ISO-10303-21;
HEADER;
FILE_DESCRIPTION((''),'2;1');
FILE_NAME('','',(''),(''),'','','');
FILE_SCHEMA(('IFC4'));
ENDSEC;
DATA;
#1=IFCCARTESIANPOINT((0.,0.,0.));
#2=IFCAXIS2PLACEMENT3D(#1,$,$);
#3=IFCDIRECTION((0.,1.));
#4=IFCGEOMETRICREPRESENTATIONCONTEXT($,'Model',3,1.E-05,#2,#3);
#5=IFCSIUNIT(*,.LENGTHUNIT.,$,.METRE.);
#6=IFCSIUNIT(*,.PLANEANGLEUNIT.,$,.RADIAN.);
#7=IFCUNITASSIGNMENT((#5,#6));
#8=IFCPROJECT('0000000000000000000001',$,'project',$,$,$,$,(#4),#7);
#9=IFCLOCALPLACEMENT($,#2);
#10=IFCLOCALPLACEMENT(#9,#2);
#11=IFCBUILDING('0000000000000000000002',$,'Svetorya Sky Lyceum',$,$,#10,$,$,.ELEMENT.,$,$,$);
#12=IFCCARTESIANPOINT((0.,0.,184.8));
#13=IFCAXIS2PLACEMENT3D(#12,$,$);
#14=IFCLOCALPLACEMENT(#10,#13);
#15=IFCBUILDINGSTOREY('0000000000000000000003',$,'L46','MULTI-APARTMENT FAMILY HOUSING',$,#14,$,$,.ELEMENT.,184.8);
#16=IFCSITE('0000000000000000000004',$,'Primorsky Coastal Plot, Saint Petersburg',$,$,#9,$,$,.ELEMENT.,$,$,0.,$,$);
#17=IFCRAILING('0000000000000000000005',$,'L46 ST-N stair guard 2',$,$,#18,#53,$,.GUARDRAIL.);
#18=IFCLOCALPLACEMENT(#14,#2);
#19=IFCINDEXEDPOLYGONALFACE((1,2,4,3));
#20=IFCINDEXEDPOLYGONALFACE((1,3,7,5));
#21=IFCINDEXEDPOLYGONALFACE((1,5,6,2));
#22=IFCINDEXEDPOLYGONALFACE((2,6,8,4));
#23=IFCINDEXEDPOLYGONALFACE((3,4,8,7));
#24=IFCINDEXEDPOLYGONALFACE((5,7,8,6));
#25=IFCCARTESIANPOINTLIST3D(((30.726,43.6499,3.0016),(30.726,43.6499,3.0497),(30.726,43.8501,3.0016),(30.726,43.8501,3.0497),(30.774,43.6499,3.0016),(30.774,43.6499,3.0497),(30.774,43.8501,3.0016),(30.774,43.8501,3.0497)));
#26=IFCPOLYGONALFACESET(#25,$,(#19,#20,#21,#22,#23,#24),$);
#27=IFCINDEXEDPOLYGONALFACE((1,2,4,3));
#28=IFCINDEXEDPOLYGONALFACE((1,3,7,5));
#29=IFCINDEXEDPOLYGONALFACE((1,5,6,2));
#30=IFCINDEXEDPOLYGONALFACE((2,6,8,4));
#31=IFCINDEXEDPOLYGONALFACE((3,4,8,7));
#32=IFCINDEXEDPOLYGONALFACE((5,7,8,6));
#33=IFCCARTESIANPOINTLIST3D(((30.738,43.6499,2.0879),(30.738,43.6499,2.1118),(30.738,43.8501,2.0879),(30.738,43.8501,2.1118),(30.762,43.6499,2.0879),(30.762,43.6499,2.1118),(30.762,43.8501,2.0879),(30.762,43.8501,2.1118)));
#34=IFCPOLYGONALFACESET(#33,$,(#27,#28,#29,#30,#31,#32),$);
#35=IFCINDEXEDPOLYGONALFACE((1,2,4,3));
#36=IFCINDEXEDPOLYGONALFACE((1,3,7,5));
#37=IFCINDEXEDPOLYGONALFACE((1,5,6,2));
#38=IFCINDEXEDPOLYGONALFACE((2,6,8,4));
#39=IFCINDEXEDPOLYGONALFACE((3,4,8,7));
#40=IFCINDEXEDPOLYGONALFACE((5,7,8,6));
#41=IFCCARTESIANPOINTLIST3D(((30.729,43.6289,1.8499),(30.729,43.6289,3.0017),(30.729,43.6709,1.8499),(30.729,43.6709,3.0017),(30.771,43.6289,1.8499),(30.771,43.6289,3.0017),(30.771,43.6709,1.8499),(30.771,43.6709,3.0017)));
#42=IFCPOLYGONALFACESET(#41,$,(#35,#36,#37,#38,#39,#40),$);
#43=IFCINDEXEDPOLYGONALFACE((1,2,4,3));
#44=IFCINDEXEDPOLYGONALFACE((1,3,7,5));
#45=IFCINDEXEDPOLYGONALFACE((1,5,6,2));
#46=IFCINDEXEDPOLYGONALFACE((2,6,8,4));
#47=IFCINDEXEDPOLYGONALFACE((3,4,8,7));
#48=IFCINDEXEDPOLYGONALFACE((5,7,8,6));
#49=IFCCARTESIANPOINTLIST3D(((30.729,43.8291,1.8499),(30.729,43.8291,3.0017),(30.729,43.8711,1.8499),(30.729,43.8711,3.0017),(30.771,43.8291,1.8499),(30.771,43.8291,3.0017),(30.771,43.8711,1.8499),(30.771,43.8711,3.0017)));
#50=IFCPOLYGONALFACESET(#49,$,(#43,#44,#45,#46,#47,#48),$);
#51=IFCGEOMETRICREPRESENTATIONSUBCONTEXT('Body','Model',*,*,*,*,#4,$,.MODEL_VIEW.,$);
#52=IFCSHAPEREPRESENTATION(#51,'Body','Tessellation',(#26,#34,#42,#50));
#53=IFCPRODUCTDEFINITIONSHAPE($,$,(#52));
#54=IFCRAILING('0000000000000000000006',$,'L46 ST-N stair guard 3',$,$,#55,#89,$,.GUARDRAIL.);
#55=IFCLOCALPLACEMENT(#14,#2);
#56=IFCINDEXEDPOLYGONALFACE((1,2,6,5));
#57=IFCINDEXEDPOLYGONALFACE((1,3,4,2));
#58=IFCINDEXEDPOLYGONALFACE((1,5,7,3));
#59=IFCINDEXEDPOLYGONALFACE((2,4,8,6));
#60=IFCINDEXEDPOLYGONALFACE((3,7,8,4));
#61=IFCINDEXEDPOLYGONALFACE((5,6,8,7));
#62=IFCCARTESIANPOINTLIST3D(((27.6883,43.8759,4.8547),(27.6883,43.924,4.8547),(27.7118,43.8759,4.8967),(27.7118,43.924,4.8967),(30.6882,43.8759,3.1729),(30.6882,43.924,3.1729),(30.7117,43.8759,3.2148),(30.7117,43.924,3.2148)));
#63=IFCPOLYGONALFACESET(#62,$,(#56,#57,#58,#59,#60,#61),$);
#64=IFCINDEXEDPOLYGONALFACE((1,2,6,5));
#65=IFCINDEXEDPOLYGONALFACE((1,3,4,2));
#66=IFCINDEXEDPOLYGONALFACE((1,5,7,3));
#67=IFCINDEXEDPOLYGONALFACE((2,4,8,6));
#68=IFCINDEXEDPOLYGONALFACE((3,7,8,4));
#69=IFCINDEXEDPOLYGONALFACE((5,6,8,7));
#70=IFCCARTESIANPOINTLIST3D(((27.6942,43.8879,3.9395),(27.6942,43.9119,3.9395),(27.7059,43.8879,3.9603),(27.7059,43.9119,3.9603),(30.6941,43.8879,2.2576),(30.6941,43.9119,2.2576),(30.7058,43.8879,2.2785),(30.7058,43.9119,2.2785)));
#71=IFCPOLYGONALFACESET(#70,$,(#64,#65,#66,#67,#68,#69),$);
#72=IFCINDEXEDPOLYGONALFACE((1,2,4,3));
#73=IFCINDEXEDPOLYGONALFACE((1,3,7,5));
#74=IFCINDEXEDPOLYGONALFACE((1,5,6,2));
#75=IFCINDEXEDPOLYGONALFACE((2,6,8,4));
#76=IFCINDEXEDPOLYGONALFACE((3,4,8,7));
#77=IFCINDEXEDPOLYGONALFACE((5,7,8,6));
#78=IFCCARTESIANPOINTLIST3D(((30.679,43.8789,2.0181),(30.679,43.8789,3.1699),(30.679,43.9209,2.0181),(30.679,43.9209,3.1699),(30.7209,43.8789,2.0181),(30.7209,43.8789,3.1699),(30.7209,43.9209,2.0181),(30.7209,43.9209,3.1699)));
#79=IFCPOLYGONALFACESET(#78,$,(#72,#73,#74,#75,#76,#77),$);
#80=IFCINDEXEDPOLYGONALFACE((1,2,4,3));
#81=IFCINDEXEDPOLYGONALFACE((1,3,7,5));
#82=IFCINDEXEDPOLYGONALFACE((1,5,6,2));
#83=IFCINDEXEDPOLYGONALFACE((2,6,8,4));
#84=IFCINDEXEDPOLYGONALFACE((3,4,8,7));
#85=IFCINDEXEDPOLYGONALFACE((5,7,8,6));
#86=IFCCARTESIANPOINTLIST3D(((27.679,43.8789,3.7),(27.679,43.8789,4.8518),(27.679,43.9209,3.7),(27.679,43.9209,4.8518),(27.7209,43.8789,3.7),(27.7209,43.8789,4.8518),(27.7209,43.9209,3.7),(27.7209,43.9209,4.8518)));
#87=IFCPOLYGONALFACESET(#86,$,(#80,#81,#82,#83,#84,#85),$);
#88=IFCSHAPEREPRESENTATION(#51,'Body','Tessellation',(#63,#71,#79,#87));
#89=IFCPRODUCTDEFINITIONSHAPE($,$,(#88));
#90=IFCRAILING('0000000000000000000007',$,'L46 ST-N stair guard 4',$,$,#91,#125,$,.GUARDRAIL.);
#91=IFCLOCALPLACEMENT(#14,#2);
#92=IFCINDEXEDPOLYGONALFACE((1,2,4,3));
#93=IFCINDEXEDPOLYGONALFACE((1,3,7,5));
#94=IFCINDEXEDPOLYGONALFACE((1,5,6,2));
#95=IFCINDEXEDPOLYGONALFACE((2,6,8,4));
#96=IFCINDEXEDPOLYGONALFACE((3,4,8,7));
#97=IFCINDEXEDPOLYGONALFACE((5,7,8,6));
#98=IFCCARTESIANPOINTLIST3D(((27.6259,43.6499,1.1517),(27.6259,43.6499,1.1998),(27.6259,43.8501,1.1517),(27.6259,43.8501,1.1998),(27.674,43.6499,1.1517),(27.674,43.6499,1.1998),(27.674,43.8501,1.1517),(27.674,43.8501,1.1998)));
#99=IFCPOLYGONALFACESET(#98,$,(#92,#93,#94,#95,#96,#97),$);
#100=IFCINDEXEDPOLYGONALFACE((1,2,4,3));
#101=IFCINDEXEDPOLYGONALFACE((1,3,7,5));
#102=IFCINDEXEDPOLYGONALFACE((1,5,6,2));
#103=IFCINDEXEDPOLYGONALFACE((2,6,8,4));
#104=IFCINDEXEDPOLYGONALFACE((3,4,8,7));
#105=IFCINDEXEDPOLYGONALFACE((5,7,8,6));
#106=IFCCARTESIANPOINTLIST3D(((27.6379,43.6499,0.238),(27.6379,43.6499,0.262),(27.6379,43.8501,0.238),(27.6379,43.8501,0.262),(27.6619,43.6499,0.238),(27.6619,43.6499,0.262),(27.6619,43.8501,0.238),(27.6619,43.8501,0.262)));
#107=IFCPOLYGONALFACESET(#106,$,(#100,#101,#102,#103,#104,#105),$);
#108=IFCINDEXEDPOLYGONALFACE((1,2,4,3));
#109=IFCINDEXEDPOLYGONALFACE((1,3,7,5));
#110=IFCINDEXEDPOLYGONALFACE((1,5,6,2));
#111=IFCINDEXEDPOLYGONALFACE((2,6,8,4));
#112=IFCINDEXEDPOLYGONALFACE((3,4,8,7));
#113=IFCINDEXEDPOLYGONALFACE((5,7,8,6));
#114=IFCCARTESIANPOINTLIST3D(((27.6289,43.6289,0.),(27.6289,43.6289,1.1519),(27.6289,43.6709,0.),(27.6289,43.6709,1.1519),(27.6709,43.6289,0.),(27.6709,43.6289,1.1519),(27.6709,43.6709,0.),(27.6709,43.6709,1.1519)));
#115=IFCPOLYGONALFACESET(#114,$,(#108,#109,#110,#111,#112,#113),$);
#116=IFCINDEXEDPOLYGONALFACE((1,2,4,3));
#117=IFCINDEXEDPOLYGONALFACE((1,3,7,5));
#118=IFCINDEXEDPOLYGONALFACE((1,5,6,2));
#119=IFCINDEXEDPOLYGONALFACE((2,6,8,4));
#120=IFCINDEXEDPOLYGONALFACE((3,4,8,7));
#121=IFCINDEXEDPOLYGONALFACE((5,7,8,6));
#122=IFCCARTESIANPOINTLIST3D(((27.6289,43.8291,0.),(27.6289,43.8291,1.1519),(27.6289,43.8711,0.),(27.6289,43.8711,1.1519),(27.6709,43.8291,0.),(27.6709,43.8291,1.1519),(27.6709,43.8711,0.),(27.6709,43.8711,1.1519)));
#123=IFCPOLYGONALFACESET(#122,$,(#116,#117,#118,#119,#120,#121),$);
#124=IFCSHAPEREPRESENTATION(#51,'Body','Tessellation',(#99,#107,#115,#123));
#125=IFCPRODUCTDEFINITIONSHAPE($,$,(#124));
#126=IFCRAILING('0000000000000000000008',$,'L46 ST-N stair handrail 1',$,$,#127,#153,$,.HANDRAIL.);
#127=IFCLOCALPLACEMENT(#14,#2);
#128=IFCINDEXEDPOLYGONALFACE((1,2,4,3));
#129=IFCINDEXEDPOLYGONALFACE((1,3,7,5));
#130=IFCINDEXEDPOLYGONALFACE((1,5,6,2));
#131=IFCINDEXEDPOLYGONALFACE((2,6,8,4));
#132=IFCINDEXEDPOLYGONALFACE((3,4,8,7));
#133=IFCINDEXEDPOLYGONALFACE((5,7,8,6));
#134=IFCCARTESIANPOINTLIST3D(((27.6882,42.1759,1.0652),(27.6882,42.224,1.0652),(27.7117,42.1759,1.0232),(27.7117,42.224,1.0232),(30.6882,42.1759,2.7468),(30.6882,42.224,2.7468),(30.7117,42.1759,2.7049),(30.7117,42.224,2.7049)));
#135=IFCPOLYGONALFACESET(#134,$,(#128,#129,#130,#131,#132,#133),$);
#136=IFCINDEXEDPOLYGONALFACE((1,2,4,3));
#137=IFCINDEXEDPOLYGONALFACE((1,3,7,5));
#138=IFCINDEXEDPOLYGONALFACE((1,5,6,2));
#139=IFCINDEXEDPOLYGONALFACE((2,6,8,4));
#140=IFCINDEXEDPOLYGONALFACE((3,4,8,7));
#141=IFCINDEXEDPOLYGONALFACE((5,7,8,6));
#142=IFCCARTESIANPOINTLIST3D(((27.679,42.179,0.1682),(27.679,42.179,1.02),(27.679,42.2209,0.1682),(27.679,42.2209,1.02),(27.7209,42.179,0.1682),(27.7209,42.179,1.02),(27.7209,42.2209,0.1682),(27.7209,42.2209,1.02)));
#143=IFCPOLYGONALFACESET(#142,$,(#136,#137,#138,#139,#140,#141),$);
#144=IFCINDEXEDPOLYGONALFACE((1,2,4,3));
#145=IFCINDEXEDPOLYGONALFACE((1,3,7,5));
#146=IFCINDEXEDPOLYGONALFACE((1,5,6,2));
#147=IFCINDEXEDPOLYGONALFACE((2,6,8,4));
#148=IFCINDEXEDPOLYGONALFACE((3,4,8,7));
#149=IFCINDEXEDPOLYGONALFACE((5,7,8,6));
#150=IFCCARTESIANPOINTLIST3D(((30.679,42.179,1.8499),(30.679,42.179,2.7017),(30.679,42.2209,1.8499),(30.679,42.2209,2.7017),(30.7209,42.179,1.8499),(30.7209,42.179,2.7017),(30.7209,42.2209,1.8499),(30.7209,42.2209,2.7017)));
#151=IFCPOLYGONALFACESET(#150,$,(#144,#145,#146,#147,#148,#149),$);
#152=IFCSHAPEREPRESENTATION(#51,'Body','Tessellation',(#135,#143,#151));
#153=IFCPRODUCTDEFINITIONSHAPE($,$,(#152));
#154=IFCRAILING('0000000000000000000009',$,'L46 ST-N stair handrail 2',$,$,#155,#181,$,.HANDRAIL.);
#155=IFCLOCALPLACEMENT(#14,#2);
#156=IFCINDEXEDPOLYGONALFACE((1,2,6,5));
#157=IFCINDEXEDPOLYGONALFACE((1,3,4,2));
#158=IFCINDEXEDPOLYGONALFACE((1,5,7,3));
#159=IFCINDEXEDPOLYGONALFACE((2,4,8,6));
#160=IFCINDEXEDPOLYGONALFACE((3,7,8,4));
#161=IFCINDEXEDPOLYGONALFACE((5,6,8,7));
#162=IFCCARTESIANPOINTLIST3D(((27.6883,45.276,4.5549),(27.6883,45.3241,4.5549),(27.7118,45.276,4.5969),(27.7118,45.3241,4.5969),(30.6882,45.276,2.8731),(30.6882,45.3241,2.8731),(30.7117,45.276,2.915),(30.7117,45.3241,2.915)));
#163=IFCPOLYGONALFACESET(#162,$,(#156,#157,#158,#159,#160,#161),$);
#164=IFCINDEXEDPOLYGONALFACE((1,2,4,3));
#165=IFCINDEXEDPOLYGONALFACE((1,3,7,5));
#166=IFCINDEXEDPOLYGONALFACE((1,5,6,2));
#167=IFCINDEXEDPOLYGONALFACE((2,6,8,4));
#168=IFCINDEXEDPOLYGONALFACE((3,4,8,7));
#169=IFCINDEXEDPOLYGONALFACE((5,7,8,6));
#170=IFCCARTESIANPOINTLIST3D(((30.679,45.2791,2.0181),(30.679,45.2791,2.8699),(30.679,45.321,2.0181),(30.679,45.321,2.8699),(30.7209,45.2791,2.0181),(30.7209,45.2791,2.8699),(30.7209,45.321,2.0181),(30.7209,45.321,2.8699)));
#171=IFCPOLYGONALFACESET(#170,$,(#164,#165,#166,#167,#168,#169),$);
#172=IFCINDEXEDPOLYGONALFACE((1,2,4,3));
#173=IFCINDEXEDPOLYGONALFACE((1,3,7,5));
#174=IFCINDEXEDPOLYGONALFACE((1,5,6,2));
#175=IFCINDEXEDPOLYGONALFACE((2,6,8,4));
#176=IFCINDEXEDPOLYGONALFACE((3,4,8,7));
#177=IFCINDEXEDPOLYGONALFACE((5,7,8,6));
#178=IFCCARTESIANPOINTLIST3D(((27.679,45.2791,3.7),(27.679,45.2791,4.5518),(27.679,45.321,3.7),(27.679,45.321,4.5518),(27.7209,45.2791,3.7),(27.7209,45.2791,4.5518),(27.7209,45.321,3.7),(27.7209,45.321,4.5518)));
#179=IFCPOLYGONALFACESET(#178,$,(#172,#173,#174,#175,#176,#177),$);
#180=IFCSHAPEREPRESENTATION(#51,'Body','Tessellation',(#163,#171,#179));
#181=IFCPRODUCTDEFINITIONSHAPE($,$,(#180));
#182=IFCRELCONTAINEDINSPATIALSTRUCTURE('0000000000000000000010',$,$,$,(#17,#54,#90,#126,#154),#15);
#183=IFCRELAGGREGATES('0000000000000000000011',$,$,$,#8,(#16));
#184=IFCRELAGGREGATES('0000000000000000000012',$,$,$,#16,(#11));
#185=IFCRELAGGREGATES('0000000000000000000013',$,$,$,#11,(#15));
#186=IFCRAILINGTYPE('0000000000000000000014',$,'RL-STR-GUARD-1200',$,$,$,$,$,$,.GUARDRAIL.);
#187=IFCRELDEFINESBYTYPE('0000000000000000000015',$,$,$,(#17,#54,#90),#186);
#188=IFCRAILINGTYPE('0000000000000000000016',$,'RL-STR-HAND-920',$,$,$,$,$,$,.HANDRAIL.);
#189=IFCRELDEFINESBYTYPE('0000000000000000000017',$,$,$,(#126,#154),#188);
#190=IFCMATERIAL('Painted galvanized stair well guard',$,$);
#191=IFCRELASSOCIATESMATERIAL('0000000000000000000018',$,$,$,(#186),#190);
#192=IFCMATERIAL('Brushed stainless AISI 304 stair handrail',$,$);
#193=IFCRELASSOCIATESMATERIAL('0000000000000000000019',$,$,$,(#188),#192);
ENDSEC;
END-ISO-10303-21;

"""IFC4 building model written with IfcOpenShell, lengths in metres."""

from ifc_helpers import new_model, si_unit, direction, frame, origin, origin_2d, place, context, subcontext, project, spatial, rectangle, extrude, material, type_object, element, save


model = new_model("IFC4")

# Units and contexts
model_context = context("Model", 3, precision=1e-05, world=origin(), true_north=direction((0.0, 1.0)))
body_context = subcontext(model_context, "Body", "Model", "MODEL_VIEW")
ifc_project = project(units=[si_unit("LENGTHUNIT", "METRE"), si_unit("PLANEANGLEUNIT", "RADIAN")], contexts=[model_context])

# Site, building, storey
site_placement = place(None, origin())
site = spatial("IfcSite", under=ifc_project, at=site_placement, Name="Primorsky Coastal Plot, Saint Petersburg", CompositionType="ELEMENT", RefElevation=0.0)
building_placement = place(site_placement, origin())
building = spatial("IfcBuilding", under=site, at=building_placement, Name="Svetorya Sky Lyceum", CompositionType="ELEMENT")
storey_placement = place(building_placement, frame((0.0, 0.0, 184.8)))
storey = spatial("IfcBuildingStorey", under=building, at=storey_placement, Name="L46", Description="MULTI-APARTMENT FAMILY HOUSING", CompositionType="ELEMENT", Elevation=184.8)

# Railings
ifc_material_1 = material(Name="Painted galvanized stair well guard")
railing_type_1 = type_object("IfcRailingType", Name="RL-STR-GUARD-1200", PredefinedType="GUARDRAIL", material=ifc_material_1)
railing_1_placement = place(storey_placement, frame((30.75, 43.6499, 1.8499)))
element("IfcRailing", 1, at=railing_1_placement, inside=storey, type_object=railing_type_1, Name="L46 ST-N stair guard 2", PredefinedType="GUARDRAIL", context=body_context, shape_type="SweptSolid", body=[
    extrude(rectangle(XDim=0.0481, YDim=0.0481, at=origin_2d()), frame((0.0, 0.0, 1.1758), z_axis=(0.0, 1.0, 0.0), x_axis=(-1.0, 0.0, 0.0)), (0.0, 0.0, 1.0), 0.2002),
    extrude(rectangle(XDim=0.0239, YDim=0.0239, at=origin_2d()), frame((0.0, 0.0, 0.25), z_axis=(0.0, 1.0, 0.0), x_axis=(-1.0, 0.0, 0.0)), (0.0, 0.0, 1.0), 0.2002),
    extrude(rectangle(XDim=0.042, YDim=0.042, at=origin_2d()), origin(), (0.0, 0.0, 1.0), 1.1519),
    extrude(rectangle(XDim=0.042, YDim=0.042, at=origin_2d()), frame((0.0, 0.2002, 0.0)), (0.0, 0.0, 1.0), 1.1519),
])
railing_2_placement = place(storey_placement, frame((30.7, 43.8999, 2.0181)))
element("IfcRailing", 2, at=railing_2_placement, inside=storey, type_object=railing_type_1, Name="L46 ST-N stair guard 3", PredefinedType="GUARDRAIL", context=body_context, shape_type="SweptSolid", body=[
    extrude(rectangle(XDim=0.0481, YDim=0.0481, at=origin_2d()), frame((0.0, 0.0, 1.1758), z_axis=(-0.872272, 0.0, 0.48902), x_axis=(0.0, -1.0, 0.0)), (0.0, 0.0, 1.0), 3.4392),
    extrude(rectangle(XDim=0.0239, YDim=0.0239, at=origin_2d()), frame((0.0, 0.0, 0.25), z_axis=(-0.872272, 0.0, 0.48902), x_axis=(0.0, -1.0, 0.0)), (0.0, 0.0, 1.0), 3.4392),
    extrude(rectangle(XDim=0.042, YDim=0.042, at=origin_2d()), origin(), (0.0, 0.0, 1.0), 1.1519),
    extrude(rectangle(XDim=0.042, YDim=0.042, at=origin_2d()), frame((-3.0, 0.0, 1.6819)), (0.0, 0.0, 1.0), 1.1519),
])
railing_3_placement = place(storey_placement, frame((27.6499, 43.6499, 0.0)))
element("IfcRailing", 3, at=railing_3_placement, inside=storey, type_object=railing_type_1, Name="L46 ST-N stair guard 4", PredefinedType="GUARDRAIL", context=body_context, shape_type="SweptSolid", body=[
    extrude(rectangle(XDim=0.0481, YDim=0.0481, at=origin_2d()), frame((0.0, 0.0, 1.1758), z_axis=(0.0, 1.0, 0.0), x_axis=(-1.0, 0.0, 0.0)), (0.0, 0.0, 1.0), 0.2002),
    extrude(rectangle(XDim=0.0239, YDim=0.0239, at=origin_2d()), frame((0.0, 0.0, 0.25), z_axis=(0.0, 1.0, 0.0), x_axis=(-1.0, 0.0, 0.0)), (0.0, 0.0, 1.0), 0.2002),
    extrude(rectangle(XDim=0.042, YDim=0.042, at=origin_2d()), origin(), (0.0, 0.0, 1.0), 1.1519),
    extrude(rectangle(XDim=0.042, YDim=0.042, at=origin_2d()), frame((0.0, 0.2002, 0.0)), (0.0, 0.0, 1.0), 1.1519),
])
ifc_material_2 = material(Name="Brushed stainless AISI 304 stair handrail")
railing_type_2 = type_object("IfcRailingType", Name="RL-STR-HAND-920", PredefinedType="HANDRAIL", material=ifc_material_2)
railing_4_placement = place(storey_placement, frame((27.7, 42.2, 0.1682)))
element("IfcRailing", 4, at=railing_4_placement, inside=storey, type_object=railing_type_2, Name="L46 ST-N stair handrail 1", PredefinedType="HANDRAIL", context=body_context, shape_type="SweptSolid", body=[
    extrude(rectangle(XDim=0.0481, YDim=0.0481, at=origin_2d()), frame((0.0, 0.0, 0.876), z_axis=(0.872303, 0.0, 0.488966), x_axis=(0.0, 1.0, 0.0)), (0.0, 0.0, 1.0), 3.4392),
    extrude(rectangle(XDim=0.042, YDim=0.042, at=origin_2d()), origin(), (0.0, 0.0, 1.0), 0.8518),
    extrude(rectangle(XDim=0.042, YDim=0.042, at=origin_2d()), frame((3.0, 0.0, 1.6816)), (0.0, 0.0, 1.0), 0.8518),
])
railing_5_placement = place(storey_placement, frame((30.7, 45.3, 2.0181)))
element("IfcRailing", 5, at=railing_5_placement, inside=storey, type_object=railing_type_2, Name="L46 ST-N stair handrail 2", PredefinedType="HANDRAIL", context=body_context, shape_type="SweptSolid", body=[
    extrude(rectangle(XDim=0.0481, YDim=0.0481, at=origin_2d()), frame((0.0, 0.0, 0.876), z_axis=(-0.872272, 0.0, 0.48902), x_axis=(0.0, -1.0, 0.0)), (0.0, 0.0, 1.0), 3.4392),
    extrude(rectangle(XDim=0.042, YDim=0.042, at=origin_2d()), origin(), (0.0, 0.0, 1.0), 0.8518),
    extrude(rectangle(XDim=0.042, YDim=0.042, at=origin_2d()), frame((-3.0, 0.0, 1.6819)), (0.0, 0.0, 1.0), 0.8518),
])

save(model, "model.ifc")
